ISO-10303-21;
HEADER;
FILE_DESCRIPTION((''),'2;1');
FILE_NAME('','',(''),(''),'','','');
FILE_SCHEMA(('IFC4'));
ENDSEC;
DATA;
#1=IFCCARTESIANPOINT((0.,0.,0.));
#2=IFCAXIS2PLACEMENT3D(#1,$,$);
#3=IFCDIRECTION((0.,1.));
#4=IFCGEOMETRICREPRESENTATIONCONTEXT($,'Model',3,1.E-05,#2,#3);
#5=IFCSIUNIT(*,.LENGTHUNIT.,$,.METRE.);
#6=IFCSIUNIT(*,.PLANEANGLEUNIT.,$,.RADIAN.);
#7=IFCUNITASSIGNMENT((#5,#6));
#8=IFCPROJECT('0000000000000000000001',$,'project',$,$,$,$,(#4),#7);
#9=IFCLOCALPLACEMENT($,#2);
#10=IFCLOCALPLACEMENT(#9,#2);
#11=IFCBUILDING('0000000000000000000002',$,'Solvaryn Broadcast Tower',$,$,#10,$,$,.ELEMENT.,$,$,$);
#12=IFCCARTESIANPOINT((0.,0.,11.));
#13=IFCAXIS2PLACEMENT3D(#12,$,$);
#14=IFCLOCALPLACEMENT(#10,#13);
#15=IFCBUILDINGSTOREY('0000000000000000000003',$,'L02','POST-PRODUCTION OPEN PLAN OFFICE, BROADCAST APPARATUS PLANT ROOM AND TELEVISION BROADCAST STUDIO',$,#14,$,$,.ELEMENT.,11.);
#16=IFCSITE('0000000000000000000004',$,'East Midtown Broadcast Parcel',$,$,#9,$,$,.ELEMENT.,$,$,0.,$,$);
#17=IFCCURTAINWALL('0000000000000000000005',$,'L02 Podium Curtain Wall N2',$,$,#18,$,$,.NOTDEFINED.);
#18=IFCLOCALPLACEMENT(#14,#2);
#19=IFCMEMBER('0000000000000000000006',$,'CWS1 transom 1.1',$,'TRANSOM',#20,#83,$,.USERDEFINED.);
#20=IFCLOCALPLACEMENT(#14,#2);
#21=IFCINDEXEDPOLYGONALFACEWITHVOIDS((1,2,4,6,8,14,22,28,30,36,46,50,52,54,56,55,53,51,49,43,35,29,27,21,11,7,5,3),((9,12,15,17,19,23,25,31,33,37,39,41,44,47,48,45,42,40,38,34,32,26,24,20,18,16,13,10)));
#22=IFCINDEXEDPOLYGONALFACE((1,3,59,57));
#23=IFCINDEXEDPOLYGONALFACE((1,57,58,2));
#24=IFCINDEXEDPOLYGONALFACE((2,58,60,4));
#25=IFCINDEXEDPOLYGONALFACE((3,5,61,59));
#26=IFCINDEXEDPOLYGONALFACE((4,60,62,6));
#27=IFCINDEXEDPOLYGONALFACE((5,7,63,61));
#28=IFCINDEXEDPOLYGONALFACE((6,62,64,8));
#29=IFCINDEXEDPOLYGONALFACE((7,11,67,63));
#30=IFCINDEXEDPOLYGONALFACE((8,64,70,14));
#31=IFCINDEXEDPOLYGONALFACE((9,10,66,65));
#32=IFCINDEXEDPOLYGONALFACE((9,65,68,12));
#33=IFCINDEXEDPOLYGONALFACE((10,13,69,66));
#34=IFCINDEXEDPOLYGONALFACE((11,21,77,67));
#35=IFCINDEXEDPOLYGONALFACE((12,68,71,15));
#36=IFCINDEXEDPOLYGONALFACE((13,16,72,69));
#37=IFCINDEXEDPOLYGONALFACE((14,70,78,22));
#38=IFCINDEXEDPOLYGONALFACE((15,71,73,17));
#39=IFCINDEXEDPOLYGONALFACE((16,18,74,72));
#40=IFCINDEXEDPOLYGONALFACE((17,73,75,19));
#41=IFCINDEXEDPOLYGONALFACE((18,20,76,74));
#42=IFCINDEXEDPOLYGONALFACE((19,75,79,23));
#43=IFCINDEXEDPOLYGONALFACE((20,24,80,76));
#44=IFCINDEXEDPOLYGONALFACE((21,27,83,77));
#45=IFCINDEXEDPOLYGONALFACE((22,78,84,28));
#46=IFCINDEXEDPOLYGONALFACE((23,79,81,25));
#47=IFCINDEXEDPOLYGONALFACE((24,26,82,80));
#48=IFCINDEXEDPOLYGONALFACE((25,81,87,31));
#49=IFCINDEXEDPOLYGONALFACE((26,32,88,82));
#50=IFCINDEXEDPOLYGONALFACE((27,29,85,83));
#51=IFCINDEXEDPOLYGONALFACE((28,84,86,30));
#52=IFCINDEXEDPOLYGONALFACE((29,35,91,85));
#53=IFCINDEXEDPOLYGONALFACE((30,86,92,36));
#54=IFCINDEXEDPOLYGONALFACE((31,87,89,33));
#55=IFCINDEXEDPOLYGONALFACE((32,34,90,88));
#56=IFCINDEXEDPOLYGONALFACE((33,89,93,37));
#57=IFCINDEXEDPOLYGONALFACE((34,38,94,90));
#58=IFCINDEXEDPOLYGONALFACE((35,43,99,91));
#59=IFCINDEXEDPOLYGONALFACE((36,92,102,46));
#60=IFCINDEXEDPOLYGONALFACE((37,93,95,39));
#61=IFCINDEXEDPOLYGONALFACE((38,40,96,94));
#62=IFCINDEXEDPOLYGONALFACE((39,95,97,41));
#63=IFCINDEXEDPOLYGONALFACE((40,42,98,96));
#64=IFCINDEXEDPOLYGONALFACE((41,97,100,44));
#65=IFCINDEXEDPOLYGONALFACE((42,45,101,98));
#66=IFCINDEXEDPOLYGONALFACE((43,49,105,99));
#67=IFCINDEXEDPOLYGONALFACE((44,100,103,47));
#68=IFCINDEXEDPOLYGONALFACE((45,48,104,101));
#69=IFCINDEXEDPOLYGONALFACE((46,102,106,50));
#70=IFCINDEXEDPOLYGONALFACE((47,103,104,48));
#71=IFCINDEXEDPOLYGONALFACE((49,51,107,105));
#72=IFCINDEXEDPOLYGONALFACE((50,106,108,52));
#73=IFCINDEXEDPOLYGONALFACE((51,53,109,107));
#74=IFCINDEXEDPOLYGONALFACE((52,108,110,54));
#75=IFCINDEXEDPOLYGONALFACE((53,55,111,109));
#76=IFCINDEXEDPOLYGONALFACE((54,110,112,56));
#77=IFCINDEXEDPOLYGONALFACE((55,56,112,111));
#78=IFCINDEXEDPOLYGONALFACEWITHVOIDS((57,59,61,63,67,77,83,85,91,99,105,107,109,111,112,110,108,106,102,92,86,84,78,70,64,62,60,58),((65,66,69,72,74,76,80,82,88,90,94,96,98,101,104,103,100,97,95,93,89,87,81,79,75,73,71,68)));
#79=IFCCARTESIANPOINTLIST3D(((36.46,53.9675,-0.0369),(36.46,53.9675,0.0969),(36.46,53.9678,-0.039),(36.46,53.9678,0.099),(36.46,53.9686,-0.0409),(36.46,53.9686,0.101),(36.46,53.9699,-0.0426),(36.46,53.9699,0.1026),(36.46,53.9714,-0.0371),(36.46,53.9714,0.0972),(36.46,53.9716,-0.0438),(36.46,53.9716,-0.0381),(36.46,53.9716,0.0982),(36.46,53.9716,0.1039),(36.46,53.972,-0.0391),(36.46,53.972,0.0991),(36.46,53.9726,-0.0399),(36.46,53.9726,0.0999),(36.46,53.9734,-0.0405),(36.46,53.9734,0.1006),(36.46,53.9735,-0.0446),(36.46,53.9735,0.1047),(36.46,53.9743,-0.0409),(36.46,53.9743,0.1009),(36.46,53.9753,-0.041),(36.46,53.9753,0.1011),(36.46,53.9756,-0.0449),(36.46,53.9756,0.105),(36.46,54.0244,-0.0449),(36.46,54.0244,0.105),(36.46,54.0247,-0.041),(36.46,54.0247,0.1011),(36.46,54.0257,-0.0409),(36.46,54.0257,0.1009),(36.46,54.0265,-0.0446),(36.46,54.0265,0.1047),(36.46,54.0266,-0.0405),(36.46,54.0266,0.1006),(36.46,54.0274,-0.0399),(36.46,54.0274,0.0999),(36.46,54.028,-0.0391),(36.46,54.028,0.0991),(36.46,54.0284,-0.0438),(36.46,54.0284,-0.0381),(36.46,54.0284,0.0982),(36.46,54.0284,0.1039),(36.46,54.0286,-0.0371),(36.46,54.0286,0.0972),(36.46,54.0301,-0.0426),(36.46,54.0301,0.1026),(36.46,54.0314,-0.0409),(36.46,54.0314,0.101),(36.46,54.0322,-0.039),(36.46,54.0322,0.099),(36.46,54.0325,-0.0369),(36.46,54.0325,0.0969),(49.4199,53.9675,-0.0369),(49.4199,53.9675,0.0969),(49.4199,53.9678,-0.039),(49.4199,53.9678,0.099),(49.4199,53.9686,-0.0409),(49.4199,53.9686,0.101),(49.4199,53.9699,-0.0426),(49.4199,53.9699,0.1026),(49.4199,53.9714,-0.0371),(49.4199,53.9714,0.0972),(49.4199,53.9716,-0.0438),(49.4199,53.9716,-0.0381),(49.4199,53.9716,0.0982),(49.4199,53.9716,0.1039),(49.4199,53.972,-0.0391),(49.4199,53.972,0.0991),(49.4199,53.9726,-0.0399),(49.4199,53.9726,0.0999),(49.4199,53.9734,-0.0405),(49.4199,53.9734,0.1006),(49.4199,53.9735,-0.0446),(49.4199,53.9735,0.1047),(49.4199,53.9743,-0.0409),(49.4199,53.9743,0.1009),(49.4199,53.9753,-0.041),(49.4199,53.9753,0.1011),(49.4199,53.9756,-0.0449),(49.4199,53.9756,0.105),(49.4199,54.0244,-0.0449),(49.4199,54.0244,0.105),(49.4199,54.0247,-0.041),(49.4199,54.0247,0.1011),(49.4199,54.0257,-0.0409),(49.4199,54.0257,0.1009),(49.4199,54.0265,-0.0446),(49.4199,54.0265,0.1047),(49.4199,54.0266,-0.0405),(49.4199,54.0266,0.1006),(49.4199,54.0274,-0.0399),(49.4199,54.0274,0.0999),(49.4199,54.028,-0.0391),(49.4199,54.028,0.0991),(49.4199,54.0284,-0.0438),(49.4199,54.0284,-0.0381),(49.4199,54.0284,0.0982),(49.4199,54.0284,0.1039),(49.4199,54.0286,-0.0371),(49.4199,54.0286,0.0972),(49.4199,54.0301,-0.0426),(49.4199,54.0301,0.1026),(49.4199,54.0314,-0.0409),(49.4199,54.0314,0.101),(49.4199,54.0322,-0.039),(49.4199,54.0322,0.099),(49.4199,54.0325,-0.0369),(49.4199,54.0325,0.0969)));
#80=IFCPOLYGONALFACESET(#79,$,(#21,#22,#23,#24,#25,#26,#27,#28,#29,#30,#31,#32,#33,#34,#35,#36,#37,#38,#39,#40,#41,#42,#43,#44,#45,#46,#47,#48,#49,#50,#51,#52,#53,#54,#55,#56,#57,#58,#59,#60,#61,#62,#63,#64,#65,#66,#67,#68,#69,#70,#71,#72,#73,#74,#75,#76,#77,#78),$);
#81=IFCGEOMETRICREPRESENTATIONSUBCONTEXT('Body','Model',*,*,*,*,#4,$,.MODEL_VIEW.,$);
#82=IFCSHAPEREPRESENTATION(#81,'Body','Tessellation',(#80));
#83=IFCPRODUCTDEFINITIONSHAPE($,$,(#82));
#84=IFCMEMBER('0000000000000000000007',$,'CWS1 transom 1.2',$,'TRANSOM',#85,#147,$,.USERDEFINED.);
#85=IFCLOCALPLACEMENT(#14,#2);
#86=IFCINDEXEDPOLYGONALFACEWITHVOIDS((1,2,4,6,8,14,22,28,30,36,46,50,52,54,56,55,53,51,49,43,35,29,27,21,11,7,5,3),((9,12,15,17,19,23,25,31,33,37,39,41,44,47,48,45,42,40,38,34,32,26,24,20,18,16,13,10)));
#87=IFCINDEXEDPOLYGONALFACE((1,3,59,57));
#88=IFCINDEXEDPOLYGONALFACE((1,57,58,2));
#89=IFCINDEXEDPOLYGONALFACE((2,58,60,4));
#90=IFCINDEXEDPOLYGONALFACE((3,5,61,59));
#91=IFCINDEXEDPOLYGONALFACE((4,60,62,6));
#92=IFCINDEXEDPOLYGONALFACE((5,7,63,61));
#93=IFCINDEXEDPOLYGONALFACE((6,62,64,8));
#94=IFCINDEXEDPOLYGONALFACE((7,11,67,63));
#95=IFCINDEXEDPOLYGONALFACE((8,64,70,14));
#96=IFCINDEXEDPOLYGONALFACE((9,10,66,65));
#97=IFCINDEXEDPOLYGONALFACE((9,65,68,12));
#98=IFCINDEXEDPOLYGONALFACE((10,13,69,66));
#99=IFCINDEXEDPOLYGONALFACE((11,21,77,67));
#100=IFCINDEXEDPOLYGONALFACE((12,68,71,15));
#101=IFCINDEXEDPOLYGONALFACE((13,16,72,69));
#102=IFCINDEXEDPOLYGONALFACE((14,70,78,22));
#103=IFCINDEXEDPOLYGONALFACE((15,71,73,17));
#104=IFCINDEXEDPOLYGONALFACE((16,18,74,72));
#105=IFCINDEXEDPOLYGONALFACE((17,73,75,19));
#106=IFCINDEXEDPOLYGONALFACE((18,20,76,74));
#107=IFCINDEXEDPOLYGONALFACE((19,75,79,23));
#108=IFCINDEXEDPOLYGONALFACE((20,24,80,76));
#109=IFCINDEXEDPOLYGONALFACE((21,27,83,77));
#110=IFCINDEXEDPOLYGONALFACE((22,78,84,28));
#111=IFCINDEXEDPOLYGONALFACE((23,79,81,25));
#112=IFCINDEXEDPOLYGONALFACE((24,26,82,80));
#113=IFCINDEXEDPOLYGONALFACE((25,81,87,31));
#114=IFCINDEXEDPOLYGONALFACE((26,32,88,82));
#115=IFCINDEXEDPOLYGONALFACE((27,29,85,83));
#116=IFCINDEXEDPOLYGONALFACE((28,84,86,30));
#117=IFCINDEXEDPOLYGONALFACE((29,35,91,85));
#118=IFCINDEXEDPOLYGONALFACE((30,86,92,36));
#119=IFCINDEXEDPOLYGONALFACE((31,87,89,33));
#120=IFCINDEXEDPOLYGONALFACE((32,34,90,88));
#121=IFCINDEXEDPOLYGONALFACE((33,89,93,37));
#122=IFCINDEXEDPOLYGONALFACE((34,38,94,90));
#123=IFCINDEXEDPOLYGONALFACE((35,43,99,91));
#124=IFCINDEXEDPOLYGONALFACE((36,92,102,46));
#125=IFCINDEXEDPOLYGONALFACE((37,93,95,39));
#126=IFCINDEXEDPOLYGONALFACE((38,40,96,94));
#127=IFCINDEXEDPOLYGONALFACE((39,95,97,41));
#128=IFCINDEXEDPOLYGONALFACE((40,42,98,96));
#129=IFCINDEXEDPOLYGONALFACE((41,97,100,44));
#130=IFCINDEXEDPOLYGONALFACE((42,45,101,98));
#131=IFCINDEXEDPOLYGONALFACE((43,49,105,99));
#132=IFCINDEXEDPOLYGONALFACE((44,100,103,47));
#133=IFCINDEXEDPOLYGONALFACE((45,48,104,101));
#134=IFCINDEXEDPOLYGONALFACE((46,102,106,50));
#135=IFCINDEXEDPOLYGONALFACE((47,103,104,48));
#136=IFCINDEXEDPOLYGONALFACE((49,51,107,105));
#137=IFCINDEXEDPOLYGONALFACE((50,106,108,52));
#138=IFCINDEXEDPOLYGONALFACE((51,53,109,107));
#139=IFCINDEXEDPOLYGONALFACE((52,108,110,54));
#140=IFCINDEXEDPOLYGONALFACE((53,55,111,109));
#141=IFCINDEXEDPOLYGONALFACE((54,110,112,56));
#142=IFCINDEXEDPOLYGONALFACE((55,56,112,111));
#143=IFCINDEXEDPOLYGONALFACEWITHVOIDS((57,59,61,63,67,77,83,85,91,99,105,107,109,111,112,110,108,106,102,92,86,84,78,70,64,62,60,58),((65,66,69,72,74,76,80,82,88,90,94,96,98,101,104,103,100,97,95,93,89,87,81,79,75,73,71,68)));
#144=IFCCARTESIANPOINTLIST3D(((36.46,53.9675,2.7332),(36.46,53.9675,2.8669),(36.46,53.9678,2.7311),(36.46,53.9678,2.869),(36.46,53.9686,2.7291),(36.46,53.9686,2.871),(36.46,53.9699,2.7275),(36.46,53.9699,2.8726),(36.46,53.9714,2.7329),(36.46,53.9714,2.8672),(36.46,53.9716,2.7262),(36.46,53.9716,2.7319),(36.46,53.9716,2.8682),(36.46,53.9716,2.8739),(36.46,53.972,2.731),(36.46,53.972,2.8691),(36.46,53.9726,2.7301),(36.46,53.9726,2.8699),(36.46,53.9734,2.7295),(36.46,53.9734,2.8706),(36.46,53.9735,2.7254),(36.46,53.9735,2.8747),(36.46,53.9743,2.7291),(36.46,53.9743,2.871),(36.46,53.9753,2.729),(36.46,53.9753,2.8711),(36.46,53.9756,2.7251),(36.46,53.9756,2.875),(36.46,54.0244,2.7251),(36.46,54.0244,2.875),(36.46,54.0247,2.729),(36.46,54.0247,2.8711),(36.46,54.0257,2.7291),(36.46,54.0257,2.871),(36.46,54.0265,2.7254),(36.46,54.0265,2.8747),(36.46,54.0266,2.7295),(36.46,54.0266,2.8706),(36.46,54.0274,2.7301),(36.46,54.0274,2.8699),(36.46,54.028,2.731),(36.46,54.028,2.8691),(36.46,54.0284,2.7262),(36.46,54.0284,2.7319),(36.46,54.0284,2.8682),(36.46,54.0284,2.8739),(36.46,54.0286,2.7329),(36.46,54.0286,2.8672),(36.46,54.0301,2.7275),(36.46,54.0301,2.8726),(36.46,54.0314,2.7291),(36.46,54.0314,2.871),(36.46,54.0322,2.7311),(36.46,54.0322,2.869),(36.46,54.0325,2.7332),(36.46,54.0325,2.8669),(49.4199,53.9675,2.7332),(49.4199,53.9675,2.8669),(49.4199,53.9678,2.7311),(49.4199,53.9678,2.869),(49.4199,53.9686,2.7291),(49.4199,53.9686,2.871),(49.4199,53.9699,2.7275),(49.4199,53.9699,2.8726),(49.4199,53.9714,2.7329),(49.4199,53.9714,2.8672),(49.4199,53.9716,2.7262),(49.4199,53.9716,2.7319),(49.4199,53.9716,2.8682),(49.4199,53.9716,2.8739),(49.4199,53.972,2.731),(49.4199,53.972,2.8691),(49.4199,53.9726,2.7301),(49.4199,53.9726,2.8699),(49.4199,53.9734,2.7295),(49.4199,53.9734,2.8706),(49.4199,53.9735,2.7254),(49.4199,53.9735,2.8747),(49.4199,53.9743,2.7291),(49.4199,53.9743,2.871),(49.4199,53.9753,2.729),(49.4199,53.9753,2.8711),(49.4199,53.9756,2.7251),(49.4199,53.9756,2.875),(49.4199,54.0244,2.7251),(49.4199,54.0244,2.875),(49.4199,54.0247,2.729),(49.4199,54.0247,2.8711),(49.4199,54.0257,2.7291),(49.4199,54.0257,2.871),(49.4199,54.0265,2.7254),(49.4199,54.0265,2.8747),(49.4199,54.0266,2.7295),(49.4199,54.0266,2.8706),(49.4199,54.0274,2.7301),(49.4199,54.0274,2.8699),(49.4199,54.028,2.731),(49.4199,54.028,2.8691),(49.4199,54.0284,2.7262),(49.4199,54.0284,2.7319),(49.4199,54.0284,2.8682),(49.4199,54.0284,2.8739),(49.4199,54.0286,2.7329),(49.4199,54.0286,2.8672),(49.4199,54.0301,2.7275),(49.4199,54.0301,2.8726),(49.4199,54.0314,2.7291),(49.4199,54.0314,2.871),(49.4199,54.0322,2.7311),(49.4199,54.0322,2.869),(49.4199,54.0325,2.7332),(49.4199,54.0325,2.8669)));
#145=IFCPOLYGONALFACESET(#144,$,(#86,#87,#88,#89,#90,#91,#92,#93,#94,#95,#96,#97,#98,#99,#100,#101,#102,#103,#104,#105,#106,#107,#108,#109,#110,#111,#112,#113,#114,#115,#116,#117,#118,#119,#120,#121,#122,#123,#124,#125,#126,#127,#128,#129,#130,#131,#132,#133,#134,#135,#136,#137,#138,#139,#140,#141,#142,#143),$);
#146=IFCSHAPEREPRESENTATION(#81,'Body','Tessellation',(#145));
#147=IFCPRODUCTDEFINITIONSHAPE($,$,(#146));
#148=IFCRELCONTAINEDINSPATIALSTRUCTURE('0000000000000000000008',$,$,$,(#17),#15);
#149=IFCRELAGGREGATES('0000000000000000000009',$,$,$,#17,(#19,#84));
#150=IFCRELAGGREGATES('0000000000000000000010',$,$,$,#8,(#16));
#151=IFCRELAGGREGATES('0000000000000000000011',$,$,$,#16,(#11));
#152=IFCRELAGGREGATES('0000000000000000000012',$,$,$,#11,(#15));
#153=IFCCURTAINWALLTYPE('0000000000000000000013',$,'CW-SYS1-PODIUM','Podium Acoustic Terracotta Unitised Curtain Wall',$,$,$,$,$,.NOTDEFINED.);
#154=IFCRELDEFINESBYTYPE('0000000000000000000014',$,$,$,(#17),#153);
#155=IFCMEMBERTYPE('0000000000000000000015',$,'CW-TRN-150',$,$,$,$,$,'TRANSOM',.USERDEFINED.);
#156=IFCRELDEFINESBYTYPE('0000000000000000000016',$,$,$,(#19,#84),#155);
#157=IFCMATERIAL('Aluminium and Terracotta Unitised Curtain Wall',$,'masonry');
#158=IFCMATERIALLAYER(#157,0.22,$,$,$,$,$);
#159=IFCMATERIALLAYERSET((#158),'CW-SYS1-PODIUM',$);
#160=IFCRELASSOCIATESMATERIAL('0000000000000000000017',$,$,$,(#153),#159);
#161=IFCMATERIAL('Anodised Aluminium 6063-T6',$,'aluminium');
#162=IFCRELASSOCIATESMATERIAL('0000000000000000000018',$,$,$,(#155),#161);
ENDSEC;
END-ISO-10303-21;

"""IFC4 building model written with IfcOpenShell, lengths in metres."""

from ifc_helpers import new_model, si_unit, direction, frame, origin, origin_2d, place, context, subcontext, project, spatial, hollow_rectangle, extrude, material, layer, layer_set, material_profile, profile_set, type_object, element, aggregate, save


model = new_model("IFC4")

# Units and contexts
model_context = context("Model", 3, precision=1e-05, world=origin(), true_north=direction((0.0, 1.0)))
body_context = subcontext(model_context, "Body", "Model", "MODEL_VIEW")
ifc_project = project(units=[si_unit("LENGTHUNIT", "METRE"), si_unit("PLANEANGLEUNIT", "RADIAN")], contexts=[model_context])

# Site, building, storey
site_placement = place(None, origin())
site = spatial("IfcSite", under=ifc_project, at=site_placement, Name="East Midtown Broadcast Parcel", CompositionType="ELEMENT", RefElevation=0.0)
building_placement = place(site_placement, origin())
building = spatial("IfcBuilding", under=site, at=building_placement, Name="Solvaryn Broadcast Tower", CompositionType="ELEMENT")
storey_placement = place(building_placement, frame((0.0, 0.0, 11.0)))
storey = spatial("IfcBuildingStorey", under=building, at=storey_placement, Name="L02", Description="POST-PRODUCTION OPEN PLAN OFFICE, BROADCAST APPARATUS PLANT ROOM AND TELEVISION BROADCAST STUDIO", CompositionType="ELEMENT", Elevation=11.0)

# Shared definitions
ifc_material_1 = material(Name="Aluminium and Terracotta Unitised Curtain Wall", Category="masonry")
ifc_layer_1 = layer(ifc_material_1, 0.22)
ifc_layer_set_1 = layer_set([ifc_layer_1], Name="CW-SYS1-PODIUM")
curtain_wall_type = type_object("IfcCurtainWallType", Name="CW-SYS1-PODIUM", Description="Podium Acoustic Terracotta Unitised Curtain Wall", PredefinedType="NOTDEFINED", material=ifc_layer_set_1)

# Curtain wall, members
curtain_wall_1_placement = place(storey_placement, origin())
curtain_wall_1 = element("IfcCurtainWall", 1, at=curtain_wall_1_placement, inside=storey, type_object=curtain_wall_type, Name="L02 Podium Curtain Wall N2", PredefinedType="NOTDEFINED")
ifc_material_2 = material(Name="Anodised Aluminium 6063-T6", Category="aluminium")
ifc_material_profile_1 = material_profile(ifc_material_2, hollow_rectangle(XDim=0.0649, YDim=0.1499, WallThickness=0.0039, InnerFilletRadius=0.0039, OuterFilletRadius=0.0081, at=origin_2d()))
ifc_profile_set_1 = profile_set([ifc_material_profile_1], Name="Anodised Aluminium 6063-T6")
member_type_1 = type_object("IfcMemberType", Name="CW-TRN-150", ElementType="TRANSOM", PredefinedType="USERDEFINED", material=ifc_profile_set_1)
member_1_placement = place(storey_placement, frame((36.46, 54.0, 0.03), z_axis=(1.0, 0.0, 0.0), x_axis=(0.0, 1.0, 0.0)))
member_1 = element("IfcMember", 2, at=member_1_placement, type_object=member_type_1, Name="CWS1 transom 1.1", ObjectType="TRANSOM", PredefinedType="USERDEFINED", context=body_context, shape_type="SweptSolid", body=[
    extrude(hollow_rectangle(XDim=0.0649, YDim=0.1499, WallThickness=0.0039, InnerFilletRadius=0.0039, OuterFilletRadius=0.0081, at=origin_2d()), origin(), (0.0, 0.0, 1.0), 12.96),
])
member_2_placement = place(storey_placement, frame((36.46, 54.0, 2.8), z_axis=(1.0, 0.0, 0.0), x_axis=(0.0, 1.0, 0.0)))
member_2 = element("IfcMember", 3, at=member_2_placement, type_object=member_type_1, Name="CWS1 transom 1.2", ObjectType="TRANSOM", PredefinedType="USERDEFINED", context=body_context, shape_type="SweptSolid", body=[
    extrude(hollow_rectangle(XDim=0.0649, YDim=0.1499, WallThickness=0.0039, InnerFilletRadius=0.0039, OuterFilletRadius=0.0081, at=origin_2d()), origin(), (0.0, 0.0, 1.0), 12.96),
])
aggregate(curtain_wall_1, [member_1, member_2])

save(model, "model.ifc")
